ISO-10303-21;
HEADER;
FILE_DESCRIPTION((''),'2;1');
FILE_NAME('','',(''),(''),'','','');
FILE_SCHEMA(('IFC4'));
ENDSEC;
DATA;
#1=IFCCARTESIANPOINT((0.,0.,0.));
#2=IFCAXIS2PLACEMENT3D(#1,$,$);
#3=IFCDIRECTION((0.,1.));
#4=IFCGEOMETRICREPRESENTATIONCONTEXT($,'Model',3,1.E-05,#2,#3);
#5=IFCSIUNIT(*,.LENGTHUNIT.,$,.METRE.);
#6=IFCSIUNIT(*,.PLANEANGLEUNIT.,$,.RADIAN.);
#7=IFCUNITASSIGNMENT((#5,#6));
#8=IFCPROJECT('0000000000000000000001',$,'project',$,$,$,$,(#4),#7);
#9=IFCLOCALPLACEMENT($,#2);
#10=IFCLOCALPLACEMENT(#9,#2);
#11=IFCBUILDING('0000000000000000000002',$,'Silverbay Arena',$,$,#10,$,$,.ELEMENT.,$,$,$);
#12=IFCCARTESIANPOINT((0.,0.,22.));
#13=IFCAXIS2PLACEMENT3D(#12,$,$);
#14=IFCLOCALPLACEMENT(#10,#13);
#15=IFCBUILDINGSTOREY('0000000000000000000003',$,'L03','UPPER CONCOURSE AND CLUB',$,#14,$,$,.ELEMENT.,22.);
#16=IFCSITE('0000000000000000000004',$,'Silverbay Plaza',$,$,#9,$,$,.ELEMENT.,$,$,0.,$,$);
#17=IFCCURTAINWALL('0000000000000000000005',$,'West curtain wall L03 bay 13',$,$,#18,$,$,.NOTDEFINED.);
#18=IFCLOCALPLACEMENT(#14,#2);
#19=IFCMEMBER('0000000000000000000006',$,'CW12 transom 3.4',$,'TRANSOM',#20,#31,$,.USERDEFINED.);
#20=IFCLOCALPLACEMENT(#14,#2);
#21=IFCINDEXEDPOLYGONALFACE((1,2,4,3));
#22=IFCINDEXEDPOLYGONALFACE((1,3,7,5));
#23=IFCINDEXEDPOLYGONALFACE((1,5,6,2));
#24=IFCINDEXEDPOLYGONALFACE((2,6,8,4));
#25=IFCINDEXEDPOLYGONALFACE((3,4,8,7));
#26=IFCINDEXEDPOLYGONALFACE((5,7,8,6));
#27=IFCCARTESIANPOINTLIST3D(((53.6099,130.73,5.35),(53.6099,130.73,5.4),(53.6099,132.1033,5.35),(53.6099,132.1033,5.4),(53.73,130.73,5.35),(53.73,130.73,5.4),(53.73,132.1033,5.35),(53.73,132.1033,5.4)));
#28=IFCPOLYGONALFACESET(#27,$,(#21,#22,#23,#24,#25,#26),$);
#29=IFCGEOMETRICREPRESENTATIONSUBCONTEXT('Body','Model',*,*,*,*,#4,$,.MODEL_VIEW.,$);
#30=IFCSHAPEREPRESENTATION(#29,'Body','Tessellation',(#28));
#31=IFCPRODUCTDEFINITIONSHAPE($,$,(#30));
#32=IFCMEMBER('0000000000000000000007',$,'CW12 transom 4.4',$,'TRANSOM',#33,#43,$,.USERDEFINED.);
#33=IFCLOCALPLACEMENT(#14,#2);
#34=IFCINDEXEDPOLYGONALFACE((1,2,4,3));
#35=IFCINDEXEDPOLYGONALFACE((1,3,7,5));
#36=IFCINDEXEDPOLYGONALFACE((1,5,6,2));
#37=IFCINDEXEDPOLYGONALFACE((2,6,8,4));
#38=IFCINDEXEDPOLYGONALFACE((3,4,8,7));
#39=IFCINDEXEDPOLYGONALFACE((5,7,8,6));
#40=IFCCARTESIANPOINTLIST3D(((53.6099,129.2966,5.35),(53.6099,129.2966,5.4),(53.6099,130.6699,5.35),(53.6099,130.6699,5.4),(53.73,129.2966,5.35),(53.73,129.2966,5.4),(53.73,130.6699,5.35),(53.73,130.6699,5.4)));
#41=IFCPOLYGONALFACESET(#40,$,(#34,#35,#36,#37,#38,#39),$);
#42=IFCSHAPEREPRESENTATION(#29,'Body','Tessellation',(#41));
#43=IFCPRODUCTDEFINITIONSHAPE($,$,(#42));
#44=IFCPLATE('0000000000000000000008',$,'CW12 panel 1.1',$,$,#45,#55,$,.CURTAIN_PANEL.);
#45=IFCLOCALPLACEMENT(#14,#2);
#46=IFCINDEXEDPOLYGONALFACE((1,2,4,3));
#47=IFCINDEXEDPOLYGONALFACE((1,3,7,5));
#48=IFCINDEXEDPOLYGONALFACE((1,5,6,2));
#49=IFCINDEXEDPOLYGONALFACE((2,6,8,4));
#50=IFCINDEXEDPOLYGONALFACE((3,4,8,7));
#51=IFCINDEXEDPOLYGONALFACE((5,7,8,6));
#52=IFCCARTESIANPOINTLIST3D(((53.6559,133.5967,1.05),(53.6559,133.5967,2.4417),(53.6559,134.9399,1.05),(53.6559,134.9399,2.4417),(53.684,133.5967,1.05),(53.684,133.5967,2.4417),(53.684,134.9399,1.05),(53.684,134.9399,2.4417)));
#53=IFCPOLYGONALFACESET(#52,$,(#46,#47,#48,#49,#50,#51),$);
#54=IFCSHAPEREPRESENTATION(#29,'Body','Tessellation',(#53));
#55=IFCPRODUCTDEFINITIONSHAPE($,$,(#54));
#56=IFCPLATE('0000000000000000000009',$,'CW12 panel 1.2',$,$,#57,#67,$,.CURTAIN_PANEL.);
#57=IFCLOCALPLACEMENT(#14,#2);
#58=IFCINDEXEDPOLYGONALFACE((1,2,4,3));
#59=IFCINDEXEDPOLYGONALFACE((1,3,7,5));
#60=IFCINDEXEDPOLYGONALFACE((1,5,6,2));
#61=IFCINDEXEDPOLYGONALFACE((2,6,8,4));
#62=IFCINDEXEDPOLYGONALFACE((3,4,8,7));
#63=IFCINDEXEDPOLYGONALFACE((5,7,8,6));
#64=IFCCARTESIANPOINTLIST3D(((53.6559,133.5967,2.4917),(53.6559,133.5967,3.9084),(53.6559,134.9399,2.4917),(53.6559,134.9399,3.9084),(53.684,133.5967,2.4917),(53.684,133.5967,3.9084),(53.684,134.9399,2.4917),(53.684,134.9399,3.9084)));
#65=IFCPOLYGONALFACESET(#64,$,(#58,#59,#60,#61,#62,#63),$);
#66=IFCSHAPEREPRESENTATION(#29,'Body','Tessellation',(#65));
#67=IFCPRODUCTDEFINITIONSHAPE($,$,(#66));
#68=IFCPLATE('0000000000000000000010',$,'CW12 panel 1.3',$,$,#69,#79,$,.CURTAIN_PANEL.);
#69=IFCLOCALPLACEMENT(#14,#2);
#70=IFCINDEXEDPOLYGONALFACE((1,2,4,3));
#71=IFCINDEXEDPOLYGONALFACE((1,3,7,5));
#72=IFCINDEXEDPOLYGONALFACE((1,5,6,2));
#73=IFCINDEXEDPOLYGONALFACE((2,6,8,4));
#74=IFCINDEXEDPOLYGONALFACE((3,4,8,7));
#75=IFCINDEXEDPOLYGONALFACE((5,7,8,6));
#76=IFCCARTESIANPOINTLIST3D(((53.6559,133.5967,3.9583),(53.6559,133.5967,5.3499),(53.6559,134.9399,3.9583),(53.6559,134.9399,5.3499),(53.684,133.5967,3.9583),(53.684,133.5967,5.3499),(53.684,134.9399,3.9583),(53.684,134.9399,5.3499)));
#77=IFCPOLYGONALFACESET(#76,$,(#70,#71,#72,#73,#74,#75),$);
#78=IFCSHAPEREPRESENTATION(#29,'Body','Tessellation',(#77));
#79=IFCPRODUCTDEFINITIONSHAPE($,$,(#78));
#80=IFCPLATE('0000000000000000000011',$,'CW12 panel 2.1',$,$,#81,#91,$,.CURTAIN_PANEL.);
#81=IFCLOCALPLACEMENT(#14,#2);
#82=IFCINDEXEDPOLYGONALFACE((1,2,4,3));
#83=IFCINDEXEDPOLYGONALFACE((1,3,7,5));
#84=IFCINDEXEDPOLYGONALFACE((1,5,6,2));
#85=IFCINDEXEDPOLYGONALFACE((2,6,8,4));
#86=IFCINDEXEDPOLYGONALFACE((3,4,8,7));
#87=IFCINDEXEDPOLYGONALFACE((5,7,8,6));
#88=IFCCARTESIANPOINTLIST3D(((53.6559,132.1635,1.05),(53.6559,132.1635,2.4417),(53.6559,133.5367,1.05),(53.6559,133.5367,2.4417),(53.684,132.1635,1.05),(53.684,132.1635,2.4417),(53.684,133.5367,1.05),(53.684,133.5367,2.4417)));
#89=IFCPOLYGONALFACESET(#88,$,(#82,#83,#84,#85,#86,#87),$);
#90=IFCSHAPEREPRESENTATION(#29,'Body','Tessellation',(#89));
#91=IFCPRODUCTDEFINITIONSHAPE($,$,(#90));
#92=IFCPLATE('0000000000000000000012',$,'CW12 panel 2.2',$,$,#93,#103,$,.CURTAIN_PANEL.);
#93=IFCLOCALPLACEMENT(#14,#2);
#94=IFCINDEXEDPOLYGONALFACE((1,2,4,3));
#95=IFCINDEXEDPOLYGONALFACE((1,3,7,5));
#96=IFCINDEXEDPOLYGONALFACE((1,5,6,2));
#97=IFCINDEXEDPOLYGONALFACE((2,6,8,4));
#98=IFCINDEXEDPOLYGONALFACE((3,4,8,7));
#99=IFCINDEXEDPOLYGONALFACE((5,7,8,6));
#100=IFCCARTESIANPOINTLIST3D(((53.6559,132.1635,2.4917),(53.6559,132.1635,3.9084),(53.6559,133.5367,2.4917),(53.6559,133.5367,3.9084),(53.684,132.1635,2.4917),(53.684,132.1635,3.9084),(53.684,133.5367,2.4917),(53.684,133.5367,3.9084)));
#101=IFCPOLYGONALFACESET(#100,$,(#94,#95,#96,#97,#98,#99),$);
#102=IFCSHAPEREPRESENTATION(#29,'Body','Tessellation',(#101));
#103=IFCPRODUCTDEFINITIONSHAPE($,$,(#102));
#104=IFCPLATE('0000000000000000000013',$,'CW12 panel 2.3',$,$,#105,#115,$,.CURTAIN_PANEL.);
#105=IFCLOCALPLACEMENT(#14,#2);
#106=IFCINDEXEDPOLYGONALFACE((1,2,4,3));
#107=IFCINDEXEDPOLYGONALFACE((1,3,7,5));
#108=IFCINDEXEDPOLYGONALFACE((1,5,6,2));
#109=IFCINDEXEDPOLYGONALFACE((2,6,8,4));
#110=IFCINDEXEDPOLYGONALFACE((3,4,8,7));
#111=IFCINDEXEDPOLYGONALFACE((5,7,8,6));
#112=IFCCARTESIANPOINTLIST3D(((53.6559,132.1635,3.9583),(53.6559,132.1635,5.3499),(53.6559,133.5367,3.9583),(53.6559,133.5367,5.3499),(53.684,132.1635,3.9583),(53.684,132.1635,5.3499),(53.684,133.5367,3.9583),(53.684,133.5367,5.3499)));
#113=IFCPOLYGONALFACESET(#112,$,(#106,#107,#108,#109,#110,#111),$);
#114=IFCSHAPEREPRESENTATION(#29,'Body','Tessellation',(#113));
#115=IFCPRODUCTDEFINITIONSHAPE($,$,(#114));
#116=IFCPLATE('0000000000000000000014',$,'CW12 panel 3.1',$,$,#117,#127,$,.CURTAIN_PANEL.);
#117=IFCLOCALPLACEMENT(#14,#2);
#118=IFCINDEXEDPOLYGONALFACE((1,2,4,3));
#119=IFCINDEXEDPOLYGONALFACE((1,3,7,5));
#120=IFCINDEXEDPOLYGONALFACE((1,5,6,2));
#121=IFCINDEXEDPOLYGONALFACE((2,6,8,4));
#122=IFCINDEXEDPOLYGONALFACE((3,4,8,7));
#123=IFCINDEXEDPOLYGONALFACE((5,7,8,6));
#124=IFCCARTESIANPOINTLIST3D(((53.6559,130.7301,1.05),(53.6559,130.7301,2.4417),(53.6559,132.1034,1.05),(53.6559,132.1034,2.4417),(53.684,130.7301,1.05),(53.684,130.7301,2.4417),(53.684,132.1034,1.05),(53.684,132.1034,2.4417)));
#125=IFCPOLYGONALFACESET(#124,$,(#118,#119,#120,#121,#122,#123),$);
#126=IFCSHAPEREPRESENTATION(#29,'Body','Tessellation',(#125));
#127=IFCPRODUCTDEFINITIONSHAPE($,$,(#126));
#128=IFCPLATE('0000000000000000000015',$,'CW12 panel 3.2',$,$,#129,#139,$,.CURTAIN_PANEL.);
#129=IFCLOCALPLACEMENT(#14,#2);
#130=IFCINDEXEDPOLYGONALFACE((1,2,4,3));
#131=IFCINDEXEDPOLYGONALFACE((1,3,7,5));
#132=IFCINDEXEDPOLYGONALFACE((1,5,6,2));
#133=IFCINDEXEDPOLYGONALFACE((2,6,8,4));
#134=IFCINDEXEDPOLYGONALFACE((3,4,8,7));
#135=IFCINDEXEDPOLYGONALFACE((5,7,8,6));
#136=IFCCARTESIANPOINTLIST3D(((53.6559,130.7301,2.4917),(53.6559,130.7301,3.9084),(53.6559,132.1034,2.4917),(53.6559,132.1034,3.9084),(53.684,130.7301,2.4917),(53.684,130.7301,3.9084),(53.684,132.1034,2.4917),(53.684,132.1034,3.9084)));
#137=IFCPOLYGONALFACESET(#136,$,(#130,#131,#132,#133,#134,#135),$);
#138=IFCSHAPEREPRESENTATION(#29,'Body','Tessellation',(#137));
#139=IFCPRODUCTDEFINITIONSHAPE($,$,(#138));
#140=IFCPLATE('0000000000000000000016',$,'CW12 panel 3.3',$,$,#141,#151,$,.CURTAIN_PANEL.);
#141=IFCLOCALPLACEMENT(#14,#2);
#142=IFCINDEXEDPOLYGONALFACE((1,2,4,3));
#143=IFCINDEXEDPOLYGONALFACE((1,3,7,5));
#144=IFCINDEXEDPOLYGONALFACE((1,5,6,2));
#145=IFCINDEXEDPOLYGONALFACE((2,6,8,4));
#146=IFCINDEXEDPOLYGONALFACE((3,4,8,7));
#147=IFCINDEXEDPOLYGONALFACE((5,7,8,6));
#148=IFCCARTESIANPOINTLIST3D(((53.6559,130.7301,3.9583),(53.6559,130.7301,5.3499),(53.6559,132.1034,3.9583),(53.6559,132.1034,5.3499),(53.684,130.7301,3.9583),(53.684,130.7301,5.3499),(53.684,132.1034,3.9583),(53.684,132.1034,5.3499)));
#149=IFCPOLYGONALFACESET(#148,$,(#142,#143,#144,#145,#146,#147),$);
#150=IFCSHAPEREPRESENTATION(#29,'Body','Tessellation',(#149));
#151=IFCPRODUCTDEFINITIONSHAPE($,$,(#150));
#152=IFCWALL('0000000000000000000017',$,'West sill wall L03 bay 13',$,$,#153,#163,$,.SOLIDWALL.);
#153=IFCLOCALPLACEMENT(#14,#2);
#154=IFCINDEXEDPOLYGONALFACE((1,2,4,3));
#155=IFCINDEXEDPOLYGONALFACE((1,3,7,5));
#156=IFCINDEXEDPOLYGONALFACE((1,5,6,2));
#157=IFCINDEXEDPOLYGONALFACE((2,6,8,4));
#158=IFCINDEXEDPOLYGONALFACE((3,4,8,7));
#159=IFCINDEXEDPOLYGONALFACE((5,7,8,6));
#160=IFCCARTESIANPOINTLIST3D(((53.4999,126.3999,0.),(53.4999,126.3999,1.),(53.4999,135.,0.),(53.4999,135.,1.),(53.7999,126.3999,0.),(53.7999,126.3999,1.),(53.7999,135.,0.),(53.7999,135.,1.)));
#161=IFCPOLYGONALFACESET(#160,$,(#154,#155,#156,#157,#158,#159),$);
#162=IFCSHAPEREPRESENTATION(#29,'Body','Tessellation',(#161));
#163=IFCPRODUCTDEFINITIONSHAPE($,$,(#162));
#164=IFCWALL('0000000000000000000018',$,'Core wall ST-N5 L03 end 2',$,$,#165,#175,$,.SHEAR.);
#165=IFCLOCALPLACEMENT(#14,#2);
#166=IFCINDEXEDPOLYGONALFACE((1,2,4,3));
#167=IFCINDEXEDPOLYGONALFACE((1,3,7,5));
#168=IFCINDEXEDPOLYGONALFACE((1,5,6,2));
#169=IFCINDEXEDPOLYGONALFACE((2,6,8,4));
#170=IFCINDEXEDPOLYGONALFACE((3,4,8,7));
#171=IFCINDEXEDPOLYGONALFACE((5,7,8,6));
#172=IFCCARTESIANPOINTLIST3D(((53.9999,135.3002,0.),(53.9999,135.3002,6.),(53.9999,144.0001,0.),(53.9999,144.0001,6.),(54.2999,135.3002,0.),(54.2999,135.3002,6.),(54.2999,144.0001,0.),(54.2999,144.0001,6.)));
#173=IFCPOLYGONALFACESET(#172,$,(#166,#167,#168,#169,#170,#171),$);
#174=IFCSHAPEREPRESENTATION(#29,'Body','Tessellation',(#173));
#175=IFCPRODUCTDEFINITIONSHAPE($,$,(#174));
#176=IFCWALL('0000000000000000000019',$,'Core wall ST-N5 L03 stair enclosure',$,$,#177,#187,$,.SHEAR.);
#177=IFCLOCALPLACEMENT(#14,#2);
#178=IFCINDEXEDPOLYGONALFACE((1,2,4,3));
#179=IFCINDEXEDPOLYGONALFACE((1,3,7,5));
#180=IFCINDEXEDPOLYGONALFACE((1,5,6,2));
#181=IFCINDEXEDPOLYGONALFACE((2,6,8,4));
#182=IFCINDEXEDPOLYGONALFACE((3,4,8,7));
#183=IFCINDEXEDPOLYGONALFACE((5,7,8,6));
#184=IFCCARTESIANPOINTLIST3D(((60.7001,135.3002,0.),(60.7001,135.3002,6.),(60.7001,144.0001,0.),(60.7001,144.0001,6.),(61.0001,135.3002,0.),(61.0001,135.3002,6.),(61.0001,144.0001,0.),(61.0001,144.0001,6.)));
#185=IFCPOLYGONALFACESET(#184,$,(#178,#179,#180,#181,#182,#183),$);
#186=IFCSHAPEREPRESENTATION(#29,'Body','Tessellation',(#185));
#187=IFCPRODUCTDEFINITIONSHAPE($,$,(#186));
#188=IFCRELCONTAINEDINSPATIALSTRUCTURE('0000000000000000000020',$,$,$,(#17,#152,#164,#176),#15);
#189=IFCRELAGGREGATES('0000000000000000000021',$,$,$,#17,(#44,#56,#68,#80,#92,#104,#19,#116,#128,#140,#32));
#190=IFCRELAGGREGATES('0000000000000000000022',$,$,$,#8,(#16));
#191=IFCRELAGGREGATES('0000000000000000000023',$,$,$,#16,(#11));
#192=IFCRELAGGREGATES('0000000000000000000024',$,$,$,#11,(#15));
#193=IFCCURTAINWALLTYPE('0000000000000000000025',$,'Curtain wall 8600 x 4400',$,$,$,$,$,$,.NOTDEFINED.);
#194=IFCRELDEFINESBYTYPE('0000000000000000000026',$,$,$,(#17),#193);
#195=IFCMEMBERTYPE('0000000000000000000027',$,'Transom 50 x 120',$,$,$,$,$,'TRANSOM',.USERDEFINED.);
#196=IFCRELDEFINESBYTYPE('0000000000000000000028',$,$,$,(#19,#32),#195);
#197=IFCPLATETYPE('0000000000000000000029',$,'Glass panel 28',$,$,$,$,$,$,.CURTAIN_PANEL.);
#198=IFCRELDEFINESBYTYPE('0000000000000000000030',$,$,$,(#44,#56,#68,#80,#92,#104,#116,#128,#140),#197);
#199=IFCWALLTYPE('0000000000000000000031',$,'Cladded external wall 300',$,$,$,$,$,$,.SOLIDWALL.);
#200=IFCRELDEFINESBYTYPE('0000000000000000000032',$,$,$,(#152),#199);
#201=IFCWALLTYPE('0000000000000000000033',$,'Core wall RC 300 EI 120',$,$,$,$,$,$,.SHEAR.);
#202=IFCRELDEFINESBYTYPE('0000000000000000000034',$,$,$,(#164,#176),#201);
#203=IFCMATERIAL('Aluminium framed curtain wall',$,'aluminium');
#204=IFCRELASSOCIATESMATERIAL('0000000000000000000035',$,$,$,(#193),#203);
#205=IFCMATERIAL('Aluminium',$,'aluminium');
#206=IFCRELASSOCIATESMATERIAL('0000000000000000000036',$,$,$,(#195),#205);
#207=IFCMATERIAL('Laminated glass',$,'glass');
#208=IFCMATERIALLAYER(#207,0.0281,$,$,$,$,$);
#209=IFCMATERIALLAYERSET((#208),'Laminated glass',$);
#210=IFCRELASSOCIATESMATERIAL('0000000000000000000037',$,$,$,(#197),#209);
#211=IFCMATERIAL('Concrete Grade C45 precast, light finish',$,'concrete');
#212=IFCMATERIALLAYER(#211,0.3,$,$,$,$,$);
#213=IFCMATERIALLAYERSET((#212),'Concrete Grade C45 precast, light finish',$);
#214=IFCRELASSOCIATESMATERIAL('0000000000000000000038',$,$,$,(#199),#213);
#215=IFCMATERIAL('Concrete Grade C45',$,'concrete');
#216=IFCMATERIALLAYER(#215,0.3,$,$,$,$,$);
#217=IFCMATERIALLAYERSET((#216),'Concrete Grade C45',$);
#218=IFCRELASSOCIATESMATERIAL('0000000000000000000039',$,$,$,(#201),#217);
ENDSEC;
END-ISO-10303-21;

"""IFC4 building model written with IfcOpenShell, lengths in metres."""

from ifc_helpers import new_model, si_unit, direction, frame, frame_2d, origin, origin_2d, place, context, subcontext, project, spatial, rectangle, extrude, material, layer, layer_set, material_profile, profile_set, type_object, element, aggregate, save


model = new_model("IFC4")

# Units and contexts
model_context = context("Model", 3, precision=1e-05, world=origin(), true_north=direction((0.0, 1.0)))
body_context = subcontext(model_context, "Body", "Model", "MODEL_VIEW")
ifc_project = project(units=[si_unit("LENGTHUNIT", "METRE"), si_unit("PLANEANGLEUNIT", "RADIAN")], contexts=[model_context])

# Site, building, storey
site_placement = place(None, origin())
site = spatial("IfcSite", under=ifc_project, at=site_placement, Name="Silverbay Plaza", CompositionType="ELEMENT", RefElevation=0.0)
building_placement = place(site_placement, origin())
building = spatial("IfcBuilding", under=site, at=building_placement, Name="Silverbay Arena", CompositionType="ELEMENT")
storey_placement = place(building_placement, frame((0.0, 0.0, 22.0)))
storey = spatial("IfcBuildingStorey", under=building, at=storey_placement, Name="L03", Description="UPPER CONCOURSE AND CLUB", CompositionType="ELEMENT", Elevation=22.0)

# Curtain wall, members, plates
ifc_material_1 = material(Name="Aluminium framed curtain wall", Category="aluminium")
curtain_wall_type = type_object("IfcCurtainWallType", Name="Curtain wall 8600 x 4400", PredefinedType="NOTDEFINED", material=ifc_material_1)
curtain_wall_placement = place(storey_placement, origin())
curtain_wall = element("IfcCurtainWall", 1, at=curtain_wall_placement, inside=storey, type_object=curtain_wall_type, Name="West curtain wall L03 bay 13", PredefinedType="NOTDEFINED")
ifc_material_2 = material(Name="Aluminium", Category="aluminium")
ifc_material_profile_1 = material_profile(ifc_material_2, rectangle(XDim=0.1201, YDim=0.05, at=origin_2d()), Name="Transom 50 x 120")
ifc_profile_set_1 = profile_set([ifc_material_profile_1], Name="Aluminium")
member_type_1 = type_object("IfcMemberType", Name="Transom 50 x 120", ElementType="TRANSOM", PredefinedType="USERDEFINED", material=ifc_profile_set_1)
member_1_placement = place(storey_placement, frame((53.6699, 132.1033, 5.375), z_axis=(0.0, -1.0, 0.0), x_axis=(1.0, 0.0, 0.0)))
member_1 = element("IfcMember", 2, at=member_1_placement, type_object=member_type_1, Name="CW12 transom 3.4", ObjectType="TRANSOM", PredefinedType="USERDEFINED", context=body_context, shape_type="SweptSolid", body=[
    extrude(rectangle(XDim=0.1201, YDim=0.05, at=origin_2d()), origin(), (0.0, 0.0, 1.0), 1.3733),
])
member_2_placement = place(storey_placement, frame((53.6699, 130.6699, 5.375), z_axis=(0.0, -1.0, 0.0), x_axis=(1.0, 0.0, 0.0)))
member_2 = element("IfcMember", 3, at=member_2_placement, type_object=member_type_1, Name="CW12 transom 4.4", ObjectType="TRANSOM", PredefinedType="USERDEFINED", context=body_context, shape_type="SweptSolid", body=[
    extrude(rectangle(XDim=0.1201, YDim=0.05, at=origin_2d()), origin(), (0.0, 0.0, 1.0), 1.3733),
])
ifc_material_3 = material(Name="Laminated glass", Category="glass")
ifc_layer_1 = layer(ifc_material_3, 0.0281)
ifc_layer_set_1 = layer_set([ifc_layer_1], Name="Laminated glass")
plate_type = type_object("IfcPlateType", Name="Glass panel 28", PredefinedType="CURTAIN_PANEL", material=ifc_layer_set_1)
plate_1_placement = place(storey_placement, frame((53.6699, 134.2683, 1.05), z_axis=(0.0, 0.0, 1.0), x_axis=(0.0, -1.0, 0.0)))
plate_1 = element("IfcPlate", 4, at=plate_1_placement, type_object=plate_type, Name="CW12 panel 1.1", PredefinedType="CURTAIN_PANEL", context=body_context, shape_type="SweptSolid", body=[
    extrude(rectangle(XDim=1.3433, YDim=0.0281, at=origin_2d()), origin(), (0.0, 0.0, 1.0), 1.3916),
])
plate_2_placement = place(storey_placement, frame((53.6699, 134.2683, 2.4917), z_axis=(0.0, 0.0, 1.0), x_axis=(0.0, -1.0, 0.0)))
plate_2 = element("IfcPlate", 5, at=plate_2_placement, type_object=plate_type, Name="CW12 panel 1.2", PredefinedType="CURTAIN_PANEL", context=body_context, shape_type="SweptSolid", body=[
    extrude(rectangle(XDim=1.3433, YDim=0.0281, at=origin_2d()), origin(), (0.0, 0.0, 1.0), 1.4167),
])
plate_3_placement = place(storey_placement, frame((53.6699, 134.2683, 3.9583), z_axis=(0.0, 0.0, 1.0), x_axis=(0.0, -1.0, 0.0)))
plate_3 = element("IfcPlate", 6, at=plate_3_placement, type_object=plate_type, Name="CW12 panel 1.3", PredefinedType="CURTAIN_PANEL", context=body_context, shape_type="SweptSolid", body=[
    extrude(rectangle(XDim=1.3433, YDim=0.0281, at=origin_2d()), origin(), (0.0, 0.0, 1.0), 1.3916),
])
plate_4_placement = place(storey_placement, frame((53.6699, 132.8501, 1.05), z_axis=(0.0, 0.0, 1.0), x_axis=(0.0, -1.0, 0.0)))
plate_4 = element("IfcPlate", 7, at=plate_4_placement, type_object=plate_type, Name="CW12 panel 2.1", PredefinedType="CURTAIN_PANEL", context=body_context, shape_type="SweptSolid", body=[
    extrude(rectangle(XDim=1.3733, YDim=0.0281, at=origin_2d()), origin(), (0.0, 0.0, 1.0), 1.3916),
])
plate_5_placement = place(storey_placement, frame((53.6699, 132.8501, 2.4917), z_axis=(0.0, 0.0, 1.0), x_axis=(0.0, -1.0, 0.0)))
plate_5 = element("IfcPlate", 8, at=plate_5_placement, type_object=plate_type, Name="CW12 panel 2.2", PredefinedType="CURTAIN_PANEL", context=body_context, shape_type="SweptSolid", body=[
    extrude(rectangle(XDim=1.3733, YDim=0.0281, at=origin_2d()), origin(), (0.0, 0.0, 1.0), 1.4167),
])
plate_6_placement = place(storey_placement, frame((53.6699, 132.8501, 3.9583), z_axis=(0.0, 0.0, 1.0), x_axis=(0.0, -1.0, 0.0)))
plate_6 = element("IfcPlate", 9, at=plate_6_placement, type_object=plate_type, Name="CW12 panel 2.3", PredefinedType="CURTAIN_PANEL", context=body_context, shape_type="SweptSolid", body=[
    extrude(rectangle(XDim=1.3733, YDim=0.0281, at=origin_2d()), origin(), (0.0, 0.0, 1.0), 1.3916),
])
plate_7_placement = place(storey_placement, frame((53.6699, 131.4167, 1.05), z_axis=(0.0, 0.0, 1.0), x_axis=(0.0, -1.0, 0.0)))
plate_7 = element("IfcPlate", 10, at=plate_7_placement, type_object=plate_type, Name="CW12 panel 3.1", PredefinedType="CURTAIN_PANEL", context=body_context, shape_type="SweptSolid", body=[
    extrude(rectangle(XDim=1.3733, YDim=0.0281, at=origin_2d()), origin(), (0.0, 0.0, 1.0), 1.3916),
])
plate_8_placement = place(storey_placement, frame((53.6699, 131.4167, 2.4917), z_axis=(0.0, 0.0, 1.0), x_axis=(0.0, -1.0, 0.0)))
plate_8 = element("IfcPlate", 11, at=plate_8_placement, type_object=plate_type, Name="CW12 panel 3.2", PredefinedType="CURTAIN_PANEL", context=body_context, shape_type="SweptSolid", body=[
    extrude(rectangle(XDim=1.3733, YDim=0.0281, at=origin_2d()), origin(), (0.0, 0.0, 1.0), 1.4167),
])
plate_9_placement = place(storey_placement, frame((53.6699, 131.4167, 3.9583), z_axis=(0.0, 0.0, 1.0), x_axis=(0.0, -1.0, 0.0)))
plate_9 = element("IfcPlate", 12, at=plate_9_placement, type_object=plate_type, Name="CW12 panel 3.3", PredefinedType="CURTAIN_PANEL", context=body_context, shape_type="SweptSolid", body=[
    extrude(rectangle(XDim=1.3733, YDim=0.0281, at=origin_2d()), origin(), (0.0, 0.0, 1.0), 1.3916),
])
aggregate(curtain_wall, [plate_1, plate_2, plate_3, plate_4, plate_5, plate_6, member_1, plate_7, plate_8, plate_9, member_2])

# Walls
ifc_material_4 = material(Name="Concrete Grade C45 precast, light finish", Category="concrete")
ifc_layer_2 = layer(ifc_material_4, 0.3)
ifc_layer_set_2 = layer_set([ifc_layer_2], Name="Concrete Grade C45 precast, light finish")
wall_type_1 = type_object("IfcWallType", Name="Cladded external wall 300", PredefinedType="SOLIDWALL", material=ifc_layer_set_2)
wall_1_placement = place(storey_placement, frame((53.6499, 135.0, 0.0), z_axis=(0.0, 0.0, 1.0), x_axis=(0.0, -1.0, 0.0)))
element("IfcWall", 13, at=wall_1_placement, inside=storey, type_object=wall_type_1, Name="West sill wall L03 bay 13", PredefinedType="SOLIDWALL", context=body_context, shape_type="SweptSolid", body=[
    extrude(rectangle(XDim=8.6001, YDim=0.3, at=frame_2d((4.3, 0.0))), origin(), (0.0, 0.0, 1.0), 1.0),
])
ifc_material_5 = material(Name="Concrete Grade C45", Category="concrete")
ifc_layer_3 = layer(ifc_material_5, 0.3)
ifc_layer_set_3 = layer_set([ifc_layer_3], Name="Concrete Grade C45")
wall_type_2 = type_object("IfcWallType", Name="Core wall RC 300 EI 120", PredefinedType="SHEAR", material=ifc_layer_set_3)
for number, where, z_axis, x_axis, name in (
    (14, (54.1499, 135.3, 0.0), (0.0, 0.0, 1.0), (0.0, 1.0, 0.0), "Core wall ST-N5 L03 end 2"),
    (15, (60.8501, 135.3, 0.0), (0.0, 0.0, 1.0), (0.0, 1.0, 0.0), "Core wall ST-N5 L03 stair enclosure"),
):
    element("IfcWall", number, at=place(storey_placement, frame(where, z_axis=z_axis, x_axis=x_axis)), inside=storey, type_object=wall_type_2, Name=name, PredefinedType="SHEAR", context=body_context, shape_type="SweptSolid", body=[
        extrude(rectangle(XDim=8.7, YDim=0.3, at=frame_2d((4.3501, 0.0))), origin(), (0.0, 0.0, 1.0), 6.0),
    ])

save(model, "model.ifc")
